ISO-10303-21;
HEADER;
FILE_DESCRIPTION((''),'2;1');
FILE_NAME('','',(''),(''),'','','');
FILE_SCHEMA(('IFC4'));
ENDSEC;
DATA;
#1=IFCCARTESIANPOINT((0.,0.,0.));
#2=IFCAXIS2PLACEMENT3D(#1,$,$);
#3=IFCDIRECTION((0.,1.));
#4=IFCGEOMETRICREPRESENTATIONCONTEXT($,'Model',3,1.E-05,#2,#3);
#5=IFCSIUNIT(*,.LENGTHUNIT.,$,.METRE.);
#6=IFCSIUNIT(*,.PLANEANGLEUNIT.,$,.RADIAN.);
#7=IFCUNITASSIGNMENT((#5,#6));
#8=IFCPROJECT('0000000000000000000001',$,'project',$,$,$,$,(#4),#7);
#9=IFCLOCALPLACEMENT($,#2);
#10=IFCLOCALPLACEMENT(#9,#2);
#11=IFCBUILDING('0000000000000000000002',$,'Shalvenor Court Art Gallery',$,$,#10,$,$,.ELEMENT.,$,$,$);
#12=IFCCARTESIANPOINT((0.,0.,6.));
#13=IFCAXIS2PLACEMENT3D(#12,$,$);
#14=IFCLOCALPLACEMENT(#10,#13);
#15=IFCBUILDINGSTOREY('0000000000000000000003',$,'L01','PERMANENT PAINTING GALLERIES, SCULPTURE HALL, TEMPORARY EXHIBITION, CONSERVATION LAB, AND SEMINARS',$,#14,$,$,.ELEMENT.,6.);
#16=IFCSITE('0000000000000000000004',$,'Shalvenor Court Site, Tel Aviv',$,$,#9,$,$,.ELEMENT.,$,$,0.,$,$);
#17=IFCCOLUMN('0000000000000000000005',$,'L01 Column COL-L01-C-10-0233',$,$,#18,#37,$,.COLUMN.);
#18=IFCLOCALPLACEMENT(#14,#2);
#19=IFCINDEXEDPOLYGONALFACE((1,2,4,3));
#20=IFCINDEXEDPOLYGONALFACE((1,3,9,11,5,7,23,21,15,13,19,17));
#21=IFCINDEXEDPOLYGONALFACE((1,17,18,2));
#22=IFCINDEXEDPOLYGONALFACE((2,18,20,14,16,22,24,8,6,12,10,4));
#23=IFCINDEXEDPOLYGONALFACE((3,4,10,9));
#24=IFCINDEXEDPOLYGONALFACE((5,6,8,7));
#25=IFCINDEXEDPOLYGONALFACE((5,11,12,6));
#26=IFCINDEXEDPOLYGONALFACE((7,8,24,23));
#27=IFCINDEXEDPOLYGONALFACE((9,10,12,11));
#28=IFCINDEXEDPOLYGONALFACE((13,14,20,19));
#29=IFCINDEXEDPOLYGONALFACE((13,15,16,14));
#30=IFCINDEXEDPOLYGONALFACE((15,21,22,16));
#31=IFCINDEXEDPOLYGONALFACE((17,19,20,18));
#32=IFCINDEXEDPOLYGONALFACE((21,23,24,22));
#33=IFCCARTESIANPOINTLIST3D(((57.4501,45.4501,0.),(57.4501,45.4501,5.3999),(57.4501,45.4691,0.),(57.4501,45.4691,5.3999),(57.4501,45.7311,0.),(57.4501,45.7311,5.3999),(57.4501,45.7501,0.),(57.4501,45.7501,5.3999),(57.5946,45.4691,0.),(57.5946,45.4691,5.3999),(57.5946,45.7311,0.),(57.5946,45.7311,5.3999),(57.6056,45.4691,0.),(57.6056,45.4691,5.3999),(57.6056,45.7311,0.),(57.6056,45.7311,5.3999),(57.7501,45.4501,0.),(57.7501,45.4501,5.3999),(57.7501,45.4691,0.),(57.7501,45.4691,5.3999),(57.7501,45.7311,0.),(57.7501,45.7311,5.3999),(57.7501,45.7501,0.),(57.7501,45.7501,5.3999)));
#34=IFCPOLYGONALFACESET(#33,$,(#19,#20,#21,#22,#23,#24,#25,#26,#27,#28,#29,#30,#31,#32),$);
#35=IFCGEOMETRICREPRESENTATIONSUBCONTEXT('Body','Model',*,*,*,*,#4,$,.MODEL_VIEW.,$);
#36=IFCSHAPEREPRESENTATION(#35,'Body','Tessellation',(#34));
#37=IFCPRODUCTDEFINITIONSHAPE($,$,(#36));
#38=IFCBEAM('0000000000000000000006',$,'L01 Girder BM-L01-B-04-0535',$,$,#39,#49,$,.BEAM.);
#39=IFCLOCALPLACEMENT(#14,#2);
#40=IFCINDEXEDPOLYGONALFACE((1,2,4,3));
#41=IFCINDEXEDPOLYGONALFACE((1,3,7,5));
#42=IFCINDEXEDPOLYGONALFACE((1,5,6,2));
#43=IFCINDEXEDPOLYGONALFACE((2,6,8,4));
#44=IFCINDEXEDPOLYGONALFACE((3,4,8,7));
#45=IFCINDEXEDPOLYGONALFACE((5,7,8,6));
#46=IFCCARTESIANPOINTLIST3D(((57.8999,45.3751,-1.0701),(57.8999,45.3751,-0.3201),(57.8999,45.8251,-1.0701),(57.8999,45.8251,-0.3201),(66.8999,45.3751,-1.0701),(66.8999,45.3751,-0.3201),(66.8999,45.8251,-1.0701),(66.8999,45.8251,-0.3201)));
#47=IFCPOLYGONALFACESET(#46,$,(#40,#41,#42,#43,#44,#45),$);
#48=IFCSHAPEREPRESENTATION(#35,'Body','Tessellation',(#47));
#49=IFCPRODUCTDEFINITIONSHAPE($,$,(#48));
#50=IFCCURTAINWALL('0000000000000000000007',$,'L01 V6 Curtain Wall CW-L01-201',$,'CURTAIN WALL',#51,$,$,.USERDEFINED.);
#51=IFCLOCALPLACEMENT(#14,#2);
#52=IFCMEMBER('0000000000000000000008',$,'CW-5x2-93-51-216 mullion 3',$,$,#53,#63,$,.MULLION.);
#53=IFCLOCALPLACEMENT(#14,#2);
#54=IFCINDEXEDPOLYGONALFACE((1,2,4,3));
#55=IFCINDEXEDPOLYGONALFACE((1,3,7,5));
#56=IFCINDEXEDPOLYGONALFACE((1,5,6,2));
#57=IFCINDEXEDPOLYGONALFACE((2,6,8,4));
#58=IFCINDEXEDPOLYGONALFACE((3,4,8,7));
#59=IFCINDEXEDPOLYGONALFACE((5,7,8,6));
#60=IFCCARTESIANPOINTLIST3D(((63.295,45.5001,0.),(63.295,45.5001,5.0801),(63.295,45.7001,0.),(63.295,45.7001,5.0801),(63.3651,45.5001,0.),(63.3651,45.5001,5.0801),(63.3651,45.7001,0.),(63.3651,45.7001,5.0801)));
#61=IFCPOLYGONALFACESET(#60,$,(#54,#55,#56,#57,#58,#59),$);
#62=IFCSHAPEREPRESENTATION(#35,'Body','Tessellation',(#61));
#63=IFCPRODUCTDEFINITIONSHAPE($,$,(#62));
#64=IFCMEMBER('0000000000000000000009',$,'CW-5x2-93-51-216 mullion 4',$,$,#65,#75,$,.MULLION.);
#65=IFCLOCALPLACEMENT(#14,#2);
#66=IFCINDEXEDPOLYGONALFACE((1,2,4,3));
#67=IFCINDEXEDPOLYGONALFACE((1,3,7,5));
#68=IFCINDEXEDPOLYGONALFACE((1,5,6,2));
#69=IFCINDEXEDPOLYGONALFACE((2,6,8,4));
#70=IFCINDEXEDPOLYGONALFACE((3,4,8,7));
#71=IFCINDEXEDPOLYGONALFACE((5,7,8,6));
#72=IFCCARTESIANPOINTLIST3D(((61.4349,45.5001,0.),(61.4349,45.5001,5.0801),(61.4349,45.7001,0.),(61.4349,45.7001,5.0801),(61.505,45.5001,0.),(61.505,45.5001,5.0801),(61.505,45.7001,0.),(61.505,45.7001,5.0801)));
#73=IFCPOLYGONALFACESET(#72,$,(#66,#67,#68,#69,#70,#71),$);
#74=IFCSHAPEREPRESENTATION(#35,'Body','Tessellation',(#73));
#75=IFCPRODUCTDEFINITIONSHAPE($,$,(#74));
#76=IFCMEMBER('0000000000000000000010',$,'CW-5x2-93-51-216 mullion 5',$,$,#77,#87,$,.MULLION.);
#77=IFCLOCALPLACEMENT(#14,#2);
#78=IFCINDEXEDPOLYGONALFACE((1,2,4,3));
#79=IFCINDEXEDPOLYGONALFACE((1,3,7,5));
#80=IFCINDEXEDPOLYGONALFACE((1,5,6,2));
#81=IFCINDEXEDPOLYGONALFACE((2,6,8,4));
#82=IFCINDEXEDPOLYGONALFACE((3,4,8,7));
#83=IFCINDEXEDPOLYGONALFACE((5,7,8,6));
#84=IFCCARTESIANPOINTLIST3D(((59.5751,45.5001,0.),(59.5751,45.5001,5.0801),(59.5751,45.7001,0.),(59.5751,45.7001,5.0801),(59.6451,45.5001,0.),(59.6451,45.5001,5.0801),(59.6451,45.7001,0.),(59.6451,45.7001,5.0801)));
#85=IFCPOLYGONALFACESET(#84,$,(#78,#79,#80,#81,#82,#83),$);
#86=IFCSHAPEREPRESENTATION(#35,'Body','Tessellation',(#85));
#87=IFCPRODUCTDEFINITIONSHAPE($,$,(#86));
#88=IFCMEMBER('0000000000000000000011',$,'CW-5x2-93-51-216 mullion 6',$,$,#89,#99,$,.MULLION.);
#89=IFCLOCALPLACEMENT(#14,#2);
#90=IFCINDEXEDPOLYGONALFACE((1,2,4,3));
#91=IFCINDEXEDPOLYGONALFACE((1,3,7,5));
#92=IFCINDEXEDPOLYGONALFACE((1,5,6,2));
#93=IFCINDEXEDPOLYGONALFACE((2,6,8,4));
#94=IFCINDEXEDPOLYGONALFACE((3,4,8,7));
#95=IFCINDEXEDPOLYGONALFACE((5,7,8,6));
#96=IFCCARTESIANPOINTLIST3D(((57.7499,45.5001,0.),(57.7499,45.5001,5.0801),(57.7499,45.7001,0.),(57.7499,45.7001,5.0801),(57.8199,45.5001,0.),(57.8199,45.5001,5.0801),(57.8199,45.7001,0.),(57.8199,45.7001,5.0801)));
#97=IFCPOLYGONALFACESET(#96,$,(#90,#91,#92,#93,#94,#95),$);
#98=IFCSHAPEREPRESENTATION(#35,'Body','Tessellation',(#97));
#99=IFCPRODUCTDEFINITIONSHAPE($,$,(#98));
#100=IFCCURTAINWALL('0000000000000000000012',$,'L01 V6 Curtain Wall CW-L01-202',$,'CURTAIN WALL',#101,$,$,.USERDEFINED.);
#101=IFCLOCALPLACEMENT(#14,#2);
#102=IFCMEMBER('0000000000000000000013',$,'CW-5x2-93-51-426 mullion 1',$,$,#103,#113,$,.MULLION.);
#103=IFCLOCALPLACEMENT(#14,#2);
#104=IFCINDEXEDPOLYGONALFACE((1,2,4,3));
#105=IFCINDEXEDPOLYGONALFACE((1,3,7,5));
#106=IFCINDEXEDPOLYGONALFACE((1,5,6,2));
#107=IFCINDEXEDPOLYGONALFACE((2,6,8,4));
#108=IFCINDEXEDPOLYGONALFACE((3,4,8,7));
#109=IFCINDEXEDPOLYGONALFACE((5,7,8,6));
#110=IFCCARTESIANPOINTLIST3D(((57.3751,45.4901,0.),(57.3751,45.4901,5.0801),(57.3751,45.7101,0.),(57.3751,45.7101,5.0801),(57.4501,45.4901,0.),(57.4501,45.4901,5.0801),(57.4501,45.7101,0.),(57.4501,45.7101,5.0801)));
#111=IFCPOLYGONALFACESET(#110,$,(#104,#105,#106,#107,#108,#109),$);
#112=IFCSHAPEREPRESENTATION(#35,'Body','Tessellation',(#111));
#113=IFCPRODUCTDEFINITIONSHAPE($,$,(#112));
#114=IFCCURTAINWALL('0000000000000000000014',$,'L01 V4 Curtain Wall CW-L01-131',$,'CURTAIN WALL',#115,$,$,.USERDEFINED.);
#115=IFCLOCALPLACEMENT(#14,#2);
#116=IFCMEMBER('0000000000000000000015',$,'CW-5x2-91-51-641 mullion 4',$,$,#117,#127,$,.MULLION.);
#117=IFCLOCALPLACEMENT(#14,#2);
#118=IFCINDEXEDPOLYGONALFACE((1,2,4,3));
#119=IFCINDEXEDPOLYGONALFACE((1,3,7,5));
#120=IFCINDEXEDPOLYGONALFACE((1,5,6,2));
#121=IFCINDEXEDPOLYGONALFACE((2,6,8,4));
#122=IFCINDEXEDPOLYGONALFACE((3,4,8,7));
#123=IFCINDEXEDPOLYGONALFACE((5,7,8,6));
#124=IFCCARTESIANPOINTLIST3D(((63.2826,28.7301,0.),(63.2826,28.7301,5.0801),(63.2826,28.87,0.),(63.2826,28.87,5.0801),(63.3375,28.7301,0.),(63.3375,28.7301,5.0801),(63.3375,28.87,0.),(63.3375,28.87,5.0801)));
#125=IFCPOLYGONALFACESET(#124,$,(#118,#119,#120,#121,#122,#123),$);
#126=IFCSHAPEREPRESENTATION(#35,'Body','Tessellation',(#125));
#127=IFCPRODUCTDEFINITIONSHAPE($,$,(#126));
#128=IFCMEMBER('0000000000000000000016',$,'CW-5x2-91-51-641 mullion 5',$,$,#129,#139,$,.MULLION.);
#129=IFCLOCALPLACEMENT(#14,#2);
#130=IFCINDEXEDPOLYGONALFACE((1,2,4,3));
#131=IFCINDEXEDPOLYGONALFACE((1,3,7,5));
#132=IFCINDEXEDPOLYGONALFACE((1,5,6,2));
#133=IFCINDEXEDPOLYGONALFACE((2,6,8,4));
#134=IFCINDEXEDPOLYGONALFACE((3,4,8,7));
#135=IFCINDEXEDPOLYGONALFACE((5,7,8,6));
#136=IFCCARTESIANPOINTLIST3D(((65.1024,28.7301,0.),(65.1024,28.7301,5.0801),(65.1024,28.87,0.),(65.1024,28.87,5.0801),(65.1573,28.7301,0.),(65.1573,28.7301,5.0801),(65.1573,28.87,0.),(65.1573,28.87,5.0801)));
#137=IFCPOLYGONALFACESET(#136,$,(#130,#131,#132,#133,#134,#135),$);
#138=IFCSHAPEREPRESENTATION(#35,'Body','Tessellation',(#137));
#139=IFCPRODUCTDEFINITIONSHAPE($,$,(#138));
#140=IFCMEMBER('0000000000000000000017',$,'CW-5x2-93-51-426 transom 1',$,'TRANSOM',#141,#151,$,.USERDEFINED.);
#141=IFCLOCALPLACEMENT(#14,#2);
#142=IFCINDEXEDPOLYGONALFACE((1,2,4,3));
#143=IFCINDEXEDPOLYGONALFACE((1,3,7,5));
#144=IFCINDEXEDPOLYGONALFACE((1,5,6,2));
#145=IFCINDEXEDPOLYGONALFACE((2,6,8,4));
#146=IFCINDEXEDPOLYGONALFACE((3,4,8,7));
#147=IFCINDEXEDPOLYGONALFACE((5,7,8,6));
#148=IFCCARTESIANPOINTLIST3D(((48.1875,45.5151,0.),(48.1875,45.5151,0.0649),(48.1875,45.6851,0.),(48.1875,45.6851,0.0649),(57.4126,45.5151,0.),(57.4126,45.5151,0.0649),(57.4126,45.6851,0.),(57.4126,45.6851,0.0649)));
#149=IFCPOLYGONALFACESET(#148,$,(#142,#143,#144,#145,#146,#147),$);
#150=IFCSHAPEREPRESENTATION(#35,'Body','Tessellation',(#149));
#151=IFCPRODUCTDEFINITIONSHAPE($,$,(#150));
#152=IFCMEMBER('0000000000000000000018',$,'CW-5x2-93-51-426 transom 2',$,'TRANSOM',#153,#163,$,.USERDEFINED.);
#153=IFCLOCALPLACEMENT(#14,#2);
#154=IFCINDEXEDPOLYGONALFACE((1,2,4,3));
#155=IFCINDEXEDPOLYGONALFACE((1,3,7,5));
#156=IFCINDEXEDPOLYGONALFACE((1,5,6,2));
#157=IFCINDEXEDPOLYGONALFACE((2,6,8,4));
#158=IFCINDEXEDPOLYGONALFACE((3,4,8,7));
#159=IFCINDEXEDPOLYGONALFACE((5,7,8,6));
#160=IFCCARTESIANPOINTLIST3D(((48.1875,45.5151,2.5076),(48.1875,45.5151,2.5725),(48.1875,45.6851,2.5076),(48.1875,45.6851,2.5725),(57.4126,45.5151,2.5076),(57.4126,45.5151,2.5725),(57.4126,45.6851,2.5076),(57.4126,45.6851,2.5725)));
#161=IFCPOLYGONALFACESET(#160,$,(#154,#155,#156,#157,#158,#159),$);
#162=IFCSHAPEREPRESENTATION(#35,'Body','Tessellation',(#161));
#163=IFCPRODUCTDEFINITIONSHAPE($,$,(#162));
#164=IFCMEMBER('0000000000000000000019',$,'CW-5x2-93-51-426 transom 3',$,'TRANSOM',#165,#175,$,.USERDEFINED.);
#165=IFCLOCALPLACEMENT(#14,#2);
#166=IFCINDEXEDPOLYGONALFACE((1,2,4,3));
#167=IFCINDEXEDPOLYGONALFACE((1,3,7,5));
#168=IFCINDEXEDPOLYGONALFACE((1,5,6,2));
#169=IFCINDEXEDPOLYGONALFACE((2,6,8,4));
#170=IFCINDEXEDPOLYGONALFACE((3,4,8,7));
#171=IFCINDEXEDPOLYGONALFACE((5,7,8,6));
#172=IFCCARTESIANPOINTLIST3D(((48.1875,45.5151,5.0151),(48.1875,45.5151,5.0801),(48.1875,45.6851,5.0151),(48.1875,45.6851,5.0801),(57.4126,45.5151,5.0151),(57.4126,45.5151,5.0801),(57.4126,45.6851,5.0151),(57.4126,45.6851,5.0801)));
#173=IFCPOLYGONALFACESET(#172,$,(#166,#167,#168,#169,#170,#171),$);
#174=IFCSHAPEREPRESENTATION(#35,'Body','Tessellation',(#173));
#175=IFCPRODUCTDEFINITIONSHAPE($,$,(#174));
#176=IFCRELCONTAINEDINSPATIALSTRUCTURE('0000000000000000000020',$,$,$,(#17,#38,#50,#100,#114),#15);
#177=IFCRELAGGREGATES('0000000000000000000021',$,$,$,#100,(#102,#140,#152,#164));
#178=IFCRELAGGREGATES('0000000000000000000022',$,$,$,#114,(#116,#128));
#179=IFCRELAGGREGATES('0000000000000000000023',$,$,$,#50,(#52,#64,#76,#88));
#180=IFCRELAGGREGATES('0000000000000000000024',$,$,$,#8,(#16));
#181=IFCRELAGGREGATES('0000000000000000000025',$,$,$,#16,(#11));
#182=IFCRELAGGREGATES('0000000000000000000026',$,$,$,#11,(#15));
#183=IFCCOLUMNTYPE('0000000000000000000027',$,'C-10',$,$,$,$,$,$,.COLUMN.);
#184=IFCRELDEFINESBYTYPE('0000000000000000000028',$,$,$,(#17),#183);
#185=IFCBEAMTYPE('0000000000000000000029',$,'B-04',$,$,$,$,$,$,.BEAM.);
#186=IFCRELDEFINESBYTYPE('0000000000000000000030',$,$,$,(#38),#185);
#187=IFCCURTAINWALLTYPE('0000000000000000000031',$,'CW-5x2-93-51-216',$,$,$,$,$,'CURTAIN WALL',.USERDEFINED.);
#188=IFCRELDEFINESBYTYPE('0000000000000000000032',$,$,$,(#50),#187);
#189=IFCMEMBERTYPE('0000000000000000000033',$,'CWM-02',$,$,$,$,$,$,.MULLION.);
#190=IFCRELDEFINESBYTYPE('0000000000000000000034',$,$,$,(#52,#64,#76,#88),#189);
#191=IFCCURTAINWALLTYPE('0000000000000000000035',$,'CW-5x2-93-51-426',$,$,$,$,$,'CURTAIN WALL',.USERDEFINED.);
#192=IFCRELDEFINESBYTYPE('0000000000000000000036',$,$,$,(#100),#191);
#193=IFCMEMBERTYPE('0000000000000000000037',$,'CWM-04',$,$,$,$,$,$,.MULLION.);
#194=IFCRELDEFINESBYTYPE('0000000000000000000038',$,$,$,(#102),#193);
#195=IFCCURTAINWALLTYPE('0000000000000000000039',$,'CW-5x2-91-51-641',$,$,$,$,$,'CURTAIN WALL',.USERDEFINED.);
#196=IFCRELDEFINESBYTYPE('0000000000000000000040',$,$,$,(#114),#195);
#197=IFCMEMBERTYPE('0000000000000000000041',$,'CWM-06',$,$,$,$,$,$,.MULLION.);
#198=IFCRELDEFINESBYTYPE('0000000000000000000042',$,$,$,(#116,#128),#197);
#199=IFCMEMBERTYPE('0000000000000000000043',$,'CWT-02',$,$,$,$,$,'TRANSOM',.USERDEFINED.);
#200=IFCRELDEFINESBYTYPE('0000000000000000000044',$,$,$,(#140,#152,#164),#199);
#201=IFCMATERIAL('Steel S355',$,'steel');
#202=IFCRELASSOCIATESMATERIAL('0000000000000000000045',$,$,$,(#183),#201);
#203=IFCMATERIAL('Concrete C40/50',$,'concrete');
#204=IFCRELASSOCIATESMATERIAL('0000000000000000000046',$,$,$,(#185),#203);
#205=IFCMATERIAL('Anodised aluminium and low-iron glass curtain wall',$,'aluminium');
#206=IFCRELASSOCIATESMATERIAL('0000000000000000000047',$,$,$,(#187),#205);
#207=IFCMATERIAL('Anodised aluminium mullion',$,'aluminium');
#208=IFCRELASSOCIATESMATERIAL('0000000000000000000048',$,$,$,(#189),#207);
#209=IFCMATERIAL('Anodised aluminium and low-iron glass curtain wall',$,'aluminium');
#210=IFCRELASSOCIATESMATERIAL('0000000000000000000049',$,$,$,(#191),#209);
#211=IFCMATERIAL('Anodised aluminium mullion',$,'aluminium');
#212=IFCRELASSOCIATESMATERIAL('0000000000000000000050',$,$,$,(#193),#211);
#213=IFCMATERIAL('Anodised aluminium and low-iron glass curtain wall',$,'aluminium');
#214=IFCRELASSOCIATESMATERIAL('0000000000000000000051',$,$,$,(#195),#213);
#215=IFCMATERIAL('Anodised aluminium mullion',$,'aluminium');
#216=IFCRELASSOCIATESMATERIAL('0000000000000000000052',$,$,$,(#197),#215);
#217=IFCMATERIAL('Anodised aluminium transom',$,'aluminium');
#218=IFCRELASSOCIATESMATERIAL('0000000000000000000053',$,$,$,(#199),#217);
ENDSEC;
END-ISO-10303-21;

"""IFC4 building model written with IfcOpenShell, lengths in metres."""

from ifc_helpers import new_model, si_unit, direction, frame, origin, origin_2d, place, context, subcontext, project, spatial, rectangle, i_section, extrude, material, material_profile, profile_set, type_object, element, aggregate, save


model = new_model("IFC4")

# Units and contexts
model_context = context("Model", 3, precision=1e-05, world=origin(), true_north=direction((0.0, 1.0)))
body_context = subcontext(model_context, "Body", "Model", "MODEL_VIEW")
ifc_project = project(units=[si_unit("LENGTHUNIT", "METRE"), si_unit("PLANEANGLEUNIT", "RADIAN")], contexts=[model_context])

# Site, building, storey
site_placement = place(None, origin())
site = spatial("IfcSite", under=ifc_project, at=site_placement, Name="Shalvenor Court Site, Tel Aviv", CompositionType="ELEMENT", RefElevation=0.0)
building_placement = place(site_placement, origin())
building = spatial("IfcBuilding", under=site, at=building_placement, Name="Shalvenor Court Art Gallery", CompositionType="ELEMENT")
storey_placement = place(building_placement, frame((0.0, 0.0, 6.0)))
storey = spatial("IfcBuildingStorey", under=building, at=storey_placement, Name="L01", Description="PERMANENT PAINTING GALLERIES, SCULPTURE HALL, TEMPORARY EXHIBITION, CONSERVATION LAB, AND SEMINARS", CompositionType="ELEMENT", Elevation=6.0)

# Column
ifc_material_1 = material(Name="Steel S355", Category="steel")
ifc_material_profile_1 = material_profile(ifc_material_1, i_section(OverallWidth=0.3, OverallDepth=0.3, WebThickness=0.011, FlangeThickness=0.019, at=origin_2d()), Name="HEB 300")
ifc_profile_set_1 = profile_set([ifc_material_profile_1], Name="Steel S355")
column_type = type_object("IfcColumnType", Name="C-10", PredefinedType="COLUMN", material=ifc_profile_set_1)
column_placement = place(storey_placement, frame((57.6001, 45.6001, 0.0), z_axis=(0.0, 0.0, 1.0), x_axis=(1.0, 0.0, 0.0)))
element("IfcColumn", 1, at=column_placement, inside=storey, type_object=column_type, Name="L01 Column COL-L01-C-10-0233", PredefinedType="COLUMN", context=body_context, shape_type="SweptSolid", body=[
    extrude(i_section(OverallWidth=0.3, OverallDepth=0.3, WebThickness=0.011, FlangeThickness=0.019, at=origin_2d()), origin(), (0.0, 0.0, 1.0), 5.3999),
])

# Beam
ifc_material_2 = material(Name="Concrete C40/50", Category="concrete")
ifc_material_profile_2 = material_profile(ifc_material_2, rectangle(XDim=0.45, YDim=0.75, at=origin_2d()), Name="RC 450x750")
ifc_profile_set_2 = profile_set([ifc_material_profile_2], Name="Concrete C40/50")
beam_type = type_object("IfcBeamType", Name="B-04", PredefinedType="BEAM", material=ifc_profile_set_2)
beam_placement = place(storey_placement, frame((57.8999, 45.6001, -0.6951), z_axis=(1.0, 0.0, 0.0), x_axis=(0.0, 1.0, 0.0)))
element("IfcBeam", 2, at=beam_placement, inside=storey, type_object=beam_type, Name="L01 Girder BM-L01-B-04-0535", PredefinedType="BEAM", context=body_context, shape_type="SweptSolid", body=[
    extrude(rectangle(XDim=0.45, YDim=0.75, at=origin_2d()), origin(), (0.0, 0.0, 1.0), 9.0),
])

# Curtain wall, members
ifc_material_3 = material(Name="Anodised aluminium and low-iron glass curtain wall", Category="aluminium")
curtain_wall_type_1 = type_object("IfcCurtainWallType", Name="CW-5x2-93-51-216", ElementType="CURTAIN WALL", PredefinedType="USERDEFINED", material=ifc_material_3)
curtain_wall_1_placement = place(storey_placement, origin())
curtain_wall_1 = element("IfcCurtainWall", 3, at=curtain_wall_1_placement, inside=storey, type_object=curtain_wall_type_1, Name="L01 V6 Curtain Wall CW-L01-201", ObjectType="CURTAIN WALL", PredefinedType="USERDEFINED")
ifc_material_4 = material(Name="Anodised aluminium mullion", Category="aluminium")
ifc_material_profile_3 = material_profile(ifc_material_4, rectangle(XDim=0.0701, YDim=0.2, at=origin_2d()), Name="CWM-02")
ifc_profile_set_3 = profile_set([ifc_material_profile_3], Name="Anodised aluminium mullion")
member_type_1 = type_object("IfcMemberType", Name="CWM-02", PredefinedType="MULLION", material=ifc_profile_set_3)
member_1_placement = place(storey_placement, frame((63.3301, 45.6001, 0.0), z_axis=(0.0, 0.0, 1.0), x_axis=(-1.0, 0.0, 0.0)))
member_1 = element("IfcMember", 4, at=member_1_placement, type_object=member_type_1, Name="CW-5x2-93-51-216 mullion 3", PredefinedType="MULLION", context=body_context, shape_type="SweptSolid", body=[
    extrude(rectangle(XDim=0.0701, YDim=0.2, at=origin_2d()), origin(), (0.0, 0.0, 1.0), 5.0801),
])
member_2_placement = place(storey_placement, frame((61.47, 45.6001, 0.0), z_axis=(0.0, 0.0, 1.0), x_axis=(-1.0, 0.0, 0.0)))
member_2 = element("IfcMember", 5, at=member_2_placement, type_object=member_type_1, Name="CW-5x2-93-51-216 mullion 4", PredefinedType="MULLION", context=body_context, shape_type="SweptSolid", body=[
    extrude(rectangle(XDim=0.0701, YDim=0.2, at=origin_2d()), origin(), (0.0, 0.0, 1.0), 5.0801),
])
member_3_placement = place(storey_placement, frame((59.6101, 45.6001, 0.0), z_axis=(0.0, 0.0, 1.0), x_axis=(-1.0, 0.0, 0.0)))
member_3 = element("IfcMember", 6, at=member_3_placement, type_object=member_type_1, Name="CW-5x2-93-51-216 mullion 5", PredefinedType="MULLION", context=body_context, shape_type="SweptSolid", body=[
    extrude(rectangle(XDim=0.0701, YDim=0.2, at=origin_2d()), origin(), (0.0, 0.0, 1.0), 5.0801),
])
member_4_placement = place(storey_placement, frame((57.7849, 45.6001, 0.0), z_axis=(0.0, 0.0, 1.0), x_axis=(-1.0, 0.0, 0.0)))
member_4 = element("IfcMember", 7, at=member_4_placement, type_object=member_type_1, Name="CW-5x2-93-51-216 mullion 6", PredefinedType="MULLION", context=body_context, shape_type="SweptSolid", body=[
    extrude(rectangle(XDim=0.0701, YDim=0.2, at=origin_2d()), origin(), (0.0, 0.0, 1.0), 5.0801),
])

# Curtain wall, member
ifc_material_5 = material(Name="Anodised aluminium and low-iron glass curtain wall", Category="aluminium")
curtain_wall_type_2 = type_object("IfcCurtainWallType", Name="CW-5x2-93-51-426", ElementType="CURTAIN WALL", PredefinedType="USERDEFINED", material=ifc_material_5)
curtain_wall_2_placement = place(storey_placement, origin())
curtain_wall_2 = element("IfcCurtainWall", 8, at=curtain_wall_2_placement, inside=storey, type_object=curtain_wall_type_2, Name="L01 V6 Curtain Wall CW-L01-202", ObjectType="CURTAIN WALL", PredefinedType="USERDEFINED")
ifc_material_6 = material(Name="Anodised aluminium mullion", Category="aluminium")
ifc_material_profile_4 = material_profile(ifc_material_6, rectangle(XDim=0.075, YDim=0.22, at=origin_2d()), Name="CWM-04")
ifc_profile_set_4 = profile_set([ifc_material_profile_4], Name="Anodised aluminium mullion")
member_type_2 = type_object("IfcMemberType", Name="CWM-04", PredefinedType="MULLION", material=ifc_profile_set_4)
member_5_placement = place(storey_placement, frame((57.4126, 45.6001, 0.0), z_axis=(0.0, 0.0, 1.0), x_axis=(-1.0, 0.0, 0.0)))
member_5 = element("IfcMember", 9, at=member_5_placement, type_object=member_type_2, Name="CW-5x2-93-51-426 mullion 1", PredefinedType="MULLION", context=body_context, shape_type="SweptSolid", body=[
    extrude(rectangle(XDim=0.075, YDim=0.22, at=origin_2d()), origin(), (0.0, 0.0, 1.0), 5.0801),
])

# Curtain wall, members
ifc_material_7 = material(Name="Anodised aluminium and low-iron glass curtain wall", Category="aluminium")
curtain_wall_type_3 = type_object("IfcCurtainWallType", Name="CW-5x2-91-51-641", ElementType="CURTAIN WALL", PredefinedType="USERDEFINED", material=ifc_material_7)
curtain_wall_3_placement = place(storey_placement, origin())
curtain_wall_3 = element("IfcCurtainWall", 10, at=curtain_wall_3_placement, inside=storey, type_object=curtain_wall_type_3, Name="L01 V4 Curtain Wall CW-L01-131", ObjectType="CURTAIN WALL", PredefinedType="USERDEFINED")
ifc_material_8 = material(Name="Anodised aluminium mullion", Category="aluminium")
ifc_material_profile_5 = material_profile(ifc_material_8, rectangle(XDim=0.0549, YDim=0.1399, at=origin_2d()), Name="CWM-06")
ifc_profile_set_5 = profile_set([ifc_material_profile_5], Name="Anodised aluminium mullion")
member_type_3 = type_object("IfcMemberType", Name="CWM-06", PredefinedType="MULLION", material=ifc_profile_set_5)
member_6_placement = place(storey_placement, frame((63.3101, 28.8, 0.0), z_axis=(0.0, 0.0, 1.0), x_axis=(1.0, 0.0, 0.0)))
member_6 = element("IfcMember", 11, at=member_6_placement, type_object=member_type_3, Name="CW-5x2-91-51-641 mullion 4", PredefinedType="MULLION", context=body_context, shape_type="SweptSolid", body=[
    extrude(rectangle(XDim=0.0549, YDim=0.1399, at=origin_2d()), origin(), (0.0, 0.0, 1.0), 5.0801),
])
member_7_placement = place(storey_placement, frame((65.1299, 28.8, 0.0), z_axis=(0.0, 0.0, 1.0), x_axis=(1.0, 0.0, 0.0)))
member_7 = element("IfcMember", 12, at=member_7_placement, type_object=member_type_3, Name="CW-5x2-91-51-641 mullion 5", PredefinedType="MULLION", context=body_context, shape_type="SweptSolid", body=[
    extrude(rectangle(XDim=0.0549, YDim=0.1399, at=origin_2d()), origin(), (0.0, 0.0, 1.0), 5.0801),
])

# Members
ifc_material_9 = material(Name="Anodised aluminium transom", Category="aluminium")
ifc_material_profile_6 = material_profile(ifc_material_9, rectangle(XDim=0.1699, YDim=0.0649, at=origin_2d()), Name="CWT-02")
ifc_profile_set_6 = profile_set([ifc_material_profile_6], Name="Anodised aluminium transom")
member_type_4 = type_object("IfcMemberType", Name="CWT-02", ElementType="TRANSOM", PredefinedType="USERDEFINED", material=ifc_profile_set_6)
member_8_placement = place(storey_placement, frame((57.4126, 45.6001, 0.0325), z_axis=(-1.0, 0.0, 0.0), x_axis=(0.0, -1.0, 0.0)))
member_8 = element("IfcMember", 13, at=member_8_placement, type_object=member_type_4, Name="CW-5x2-93-51-426 transom 1", ObjectType="TRANSOM", PredefinedType="USERDEFINED", context=body_context, shape_type="SweptSolid", body=[
    extrude(rectangle(XDim=0.1699, YDim=0.0649, at=origin_2d()), origin(), (0.0, 0.0, 1.0), 9.2251),
])
member_9_placement = place(storey_placement, frame((57.4126, 45.6001, 2.54), z_axis=(-1.0, 0.0, 0.0), x_axis=(0.0, -1.0, 0.0)))
member_9 = element("IfcMember", 14, at=member_9_placement, type_object=member_type_4, Name="CW-5x2-93-51-426 transom 2", ObjectType="TRANSOM", PredefinedType="USERDEFINED", context=body_context, shape_type="SweptSolid", body=[
    extrude(rectangle(XDim=0.1699, YDim=0.0649, at=origin_2d()), origin(), (0.0, 0.0, 1.0), 9.2251),
])
member_10_placement = place(storey_placement, frame((57.4126, 45.6001, 5.0476), z_axis=(-1.0, 0.0, 0.0), x_axis=(0.0, -1.0, 0.0)))
member_10 = element("IfcMember", 15, at=member_10_placement, type_object=member_type_4, Name="CW-5x2-93-51-426 transom 3", ObjectType="TRANSOM", PredefinedType="USERDEFINED", context=body_context, shape_type="SweptSolid", body=[
    extrude(rectangle(XDim=0.1699, YDim=0.0649, at=origin_2d()), origin(), (0.0, 0.0, 1.0), 9.2251),
])
aggregate(curtain_wall_2, [member_5, member_8, member_9, member_10])

aggregate(curtain_wall_3, [member_6, member_7])
aggregate(curtain_wall_1, [member_1, member_2, member_3, member_4])

save(model, "model.ifc")
